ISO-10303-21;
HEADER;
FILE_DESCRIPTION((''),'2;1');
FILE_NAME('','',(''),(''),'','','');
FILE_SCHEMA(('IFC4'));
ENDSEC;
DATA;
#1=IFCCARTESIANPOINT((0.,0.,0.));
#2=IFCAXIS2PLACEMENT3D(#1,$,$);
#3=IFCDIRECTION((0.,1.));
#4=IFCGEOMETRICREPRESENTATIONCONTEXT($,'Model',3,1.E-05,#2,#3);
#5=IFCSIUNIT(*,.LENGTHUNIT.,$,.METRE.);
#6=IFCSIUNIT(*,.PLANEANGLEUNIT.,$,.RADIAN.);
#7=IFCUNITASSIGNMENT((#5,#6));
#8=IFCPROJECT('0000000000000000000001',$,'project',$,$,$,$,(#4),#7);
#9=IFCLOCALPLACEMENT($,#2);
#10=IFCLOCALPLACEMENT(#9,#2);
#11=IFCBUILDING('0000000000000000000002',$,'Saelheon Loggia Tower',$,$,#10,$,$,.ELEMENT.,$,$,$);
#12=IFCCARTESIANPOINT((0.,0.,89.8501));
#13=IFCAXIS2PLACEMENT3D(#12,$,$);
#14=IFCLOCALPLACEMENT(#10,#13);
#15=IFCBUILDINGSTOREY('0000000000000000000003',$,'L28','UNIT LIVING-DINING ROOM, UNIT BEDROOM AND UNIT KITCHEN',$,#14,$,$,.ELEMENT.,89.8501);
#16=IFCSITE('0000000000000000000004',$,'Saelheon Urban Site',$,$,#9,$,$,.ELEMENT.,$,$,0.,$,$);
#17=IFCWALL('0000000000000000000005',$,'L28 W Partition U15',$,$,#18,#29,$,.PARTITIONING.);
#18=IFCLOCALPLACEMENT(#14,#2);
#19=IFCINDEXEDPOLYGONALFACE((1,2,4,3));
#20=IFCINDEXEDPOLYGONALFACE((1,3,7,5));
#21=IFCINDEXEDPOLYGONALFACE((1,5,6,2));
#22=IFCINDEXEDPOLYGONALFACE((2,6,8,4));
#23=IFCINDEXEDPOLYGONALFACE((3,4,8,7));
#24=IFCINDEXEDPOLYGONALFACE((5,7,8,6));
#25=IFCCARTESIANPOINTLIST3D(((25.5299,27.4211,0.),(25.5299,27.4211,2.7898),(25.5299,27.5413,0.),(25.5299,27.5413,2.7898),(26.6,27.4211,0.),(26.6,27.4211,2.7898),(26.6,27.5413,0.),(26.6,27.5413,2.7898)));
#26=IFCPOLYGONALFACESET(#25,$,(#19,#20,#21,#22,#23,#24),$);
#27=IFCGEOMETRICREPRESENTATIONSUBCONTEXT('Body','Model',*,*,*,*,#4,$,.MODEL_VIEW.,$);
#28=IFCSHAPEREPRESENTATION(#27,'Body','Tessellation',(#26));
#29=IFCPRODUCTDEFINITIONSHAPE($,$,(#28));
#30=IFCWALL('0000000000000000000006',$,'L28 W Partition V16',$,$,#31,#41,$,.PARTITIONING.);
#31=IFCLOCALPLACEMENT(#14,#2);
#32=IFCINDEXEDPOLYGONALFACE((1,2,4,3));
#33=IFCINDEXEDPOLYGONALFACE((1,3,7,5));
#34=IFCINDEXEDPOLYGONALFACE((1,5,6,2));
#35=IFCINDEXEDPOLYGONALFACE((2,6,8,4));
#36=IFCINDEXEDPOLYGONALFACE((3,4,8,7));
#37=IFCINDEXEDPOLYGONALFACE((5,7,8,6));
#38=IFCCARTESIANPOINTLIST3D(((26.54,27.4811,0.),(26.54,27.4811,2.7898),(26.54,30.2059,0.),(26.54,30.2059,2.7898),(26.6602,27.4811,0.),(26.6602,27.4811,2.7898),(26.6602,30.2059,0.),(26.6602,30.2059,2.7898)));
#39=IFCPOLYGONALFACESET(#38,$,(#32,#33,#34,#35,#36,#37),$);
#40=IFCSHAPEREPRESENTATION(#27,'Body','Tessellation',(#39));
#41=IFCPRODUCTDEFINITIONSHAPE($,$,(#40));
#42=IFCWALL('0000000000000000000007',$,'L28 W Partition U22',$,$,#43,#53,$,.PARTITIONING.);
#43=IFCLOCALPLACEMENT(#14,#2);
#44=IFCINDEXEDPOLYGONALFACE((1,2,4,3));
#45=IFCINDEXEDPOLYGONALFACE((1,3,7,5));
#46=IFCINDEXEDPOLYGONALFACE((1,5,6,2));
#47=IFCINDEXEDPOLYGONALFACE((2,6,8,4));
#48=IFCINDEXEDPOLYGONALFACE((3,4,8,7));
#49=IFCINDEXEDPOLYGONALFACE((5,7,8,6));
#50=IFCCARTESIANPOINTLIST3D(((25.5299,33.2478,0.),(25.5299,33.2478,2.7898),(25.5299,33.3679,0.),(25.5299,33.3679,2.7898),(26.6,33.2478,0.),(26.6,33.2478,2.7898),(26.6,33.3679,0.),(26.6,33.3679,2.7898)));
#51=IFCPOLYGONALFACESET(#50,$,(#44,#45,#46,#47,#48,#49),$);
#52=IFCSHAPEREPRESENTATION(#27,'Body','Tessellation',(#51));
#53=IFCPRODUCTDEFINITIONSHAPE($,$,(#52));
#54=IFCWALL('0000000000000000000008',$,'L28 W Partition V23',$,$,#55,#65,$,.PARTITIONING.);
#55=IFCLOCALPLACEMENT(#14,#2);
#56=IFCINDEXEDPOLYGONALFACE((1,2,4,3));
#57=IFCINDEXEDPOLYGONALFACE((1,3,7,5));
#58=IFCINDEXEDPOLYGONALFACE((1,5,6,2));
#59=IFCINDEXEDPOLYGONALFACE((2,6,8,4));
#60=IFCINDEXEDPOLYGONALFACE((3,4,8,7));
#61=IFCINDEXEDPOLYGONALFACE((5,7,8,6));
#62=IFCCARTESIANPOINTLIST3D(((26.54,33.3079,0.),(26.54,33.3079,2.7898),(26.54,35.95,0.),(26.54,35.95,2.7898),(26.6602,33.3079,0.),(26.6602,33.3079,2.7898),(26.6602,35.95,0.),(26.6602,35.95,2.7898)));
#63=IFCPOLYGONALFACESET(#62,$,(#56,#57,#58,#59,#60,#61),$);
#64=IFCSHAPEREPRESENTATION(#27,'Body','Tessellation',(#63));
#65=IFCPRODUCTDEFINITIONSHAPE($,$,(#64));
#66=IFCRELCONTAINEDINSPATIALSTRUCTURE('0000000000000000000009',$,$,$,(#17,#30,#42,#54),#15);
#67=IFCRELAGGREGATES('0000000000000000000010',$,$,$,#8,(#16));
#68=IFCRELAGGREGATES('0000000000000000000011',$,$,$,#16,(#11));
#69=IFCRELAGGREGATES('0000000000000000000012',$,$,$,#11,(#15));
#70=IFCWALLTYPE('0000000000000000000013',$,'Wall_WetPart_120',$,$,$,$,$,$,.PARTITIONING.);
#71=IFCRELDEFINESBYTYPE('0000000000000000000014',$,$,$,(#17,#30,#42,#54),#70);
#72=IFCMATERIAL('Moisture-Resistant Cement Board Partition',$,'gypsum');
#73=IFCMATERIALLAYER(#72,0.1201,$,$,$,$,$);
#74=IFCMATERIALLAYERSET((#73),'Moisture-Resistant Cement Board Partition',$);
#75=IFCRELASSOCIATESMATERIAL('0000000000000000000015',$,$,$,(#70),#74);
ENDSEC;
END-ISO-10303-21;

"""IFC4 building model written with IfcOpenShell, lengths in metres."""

from ifc_helpers import new_model, si_unit, direction, frame, frame_2d, origin, place, context, subcontext, project, spatial, rectangle, extrude, material, layer, layer_set, type_object, element, save


model = new_model("IFC4")

# Units and contexts
model_context = context("Model", 3, precision=1e-05, world=origin(), true_north=direction((0.0, 1.0)))
body_context = subcontext(model_context, "Body", "Model", "MODEL_VIEW")
ifc_project = project(units=[si_unit("LENGTHUNIT", "METRE"), si_unit("PLANEANGLEUNIT", "RADIAN")], contexts=[model_context])

# Site, building, storey
site_placement = place(None, origin())
site = spatial("IfcSite", under=ifc_project, at=site_placement, Name="Saelheon Urban Site", CompositionType="ELEMENT", RefElevation=0.0)
building_placement = place(site_placement, origin())
building = spatial("IfcBuilding", under=site, at=building_placement, Name="Saelheon Loggia Tower", CompositionType="ELEMENT")
storey_placement = place(building_placement, frame((0.0, 0.0, 89.8501)))
storey = spatial("IfcBuildingStorey", under=building, at=storey_placement, Name="L28", Description="UNIT LIVING-DINING ROOM, UNIT BEDROOM AND UNIT KITCHEN", CompositionType="ELEMENT", Elevation=89.8501)

# Walls
ifc_material_1 = material(Name="Moisture-Resistant Cement Board Partition", Category="gypsum")
ifc_layer_1 = layer(ifc_material_1, 0.1201)
ifc_layer_set_1 = layer_set([ifc_layer_1], Name="Moisture-Resistant Cement Board Partition")
wall_type_1 = type_object("IfcWallType", Name="Wall_WetPart_120", PredefinedType="PARTITIONING", material=ifc_layer_set_1)
wall_1_placement = place(storey_placement, frame((26.6001, 27.4812, 0.0), z_axis=(0.0, 0.0, 1.0), x_axis=(-1.0, 0.0, 0.0)))
element("IfcWall", 1, at=wall_1_placement, inside=storey, type_object=wall_type_1, Name="L28 W Partition U15", PredefinedType="PARTITIONING", context=body_context, shape_type="SweptSolid", body=[
    extrude(rectangle(XDim=1.0701, YDim=0.1201, at=frame_2d((0.5352, 0.0))), origin(), (0.0, 0.0, 1.0), 2.7898),
])
wall_2_placement = place(storey_placement, frame((26.6001, 27.4812, 0.0), z_axis=(0.0, 0.0, 1.0), x_axis=(0.0, 1.0, 0.0)))
element("IfcWall", 2, at=wall_2_placement, inside=storey, type_object=wall_type_1, Name="L28 W Partition V16", PredefinedType="PARTITIONING", context=body_context, shape_type="SweptSolid", body=[
    extrude(rectangle(XDim=2.7249, YDim=0.1201, at=frame_2d((1.3623, 0.0))), origin(), (0.0, 0.0, 1.0), 2.7898),
])
wall_3_placement = place(storey_placement, frame((26.6001, 33.3079, 0.0), z_axis=(0.0, 0.0, 1.0), x_axis=(-1.0, 0.0, 0.0)))
element("IfcWall", 3, at=wall_3_placement, inside=storey, type_object=wall_type_1, Name="L28 W Partition U22", PredefinedType="PARTITIONING", context=body_context, shape_type="SweptSolid", body=[
    extrude(rectangle(XDim=1.0701, YDim=0.1201, at=frame_2d((0.5352, 0.0))), origin(), (0.0, 0.0, 1.0), 2.7898),
])
wall_4_placement = place(storey_placement, frame((26.6001, 33.3079, 0.0), z_axis=(0.0, 0.0, 1.0), x_axis=(0.0, 1.0, 0.0)))
element("IfcWall", 4, at=wall_4_placement, inside=storey, type_object=wall_type_1, Name="L28 W Partition V23", PredefinedType="PARTITIONING", context=body_context, shape_type="SweptSolid", body=[
    extrude(rectangle(XDim=2.6421, YDim=0.1201, at=frame_2d((1.321, 0.0))), origin(), (0.0, 0.0, 1.0), 2.7898),
])

save(model, "model.ifc")
